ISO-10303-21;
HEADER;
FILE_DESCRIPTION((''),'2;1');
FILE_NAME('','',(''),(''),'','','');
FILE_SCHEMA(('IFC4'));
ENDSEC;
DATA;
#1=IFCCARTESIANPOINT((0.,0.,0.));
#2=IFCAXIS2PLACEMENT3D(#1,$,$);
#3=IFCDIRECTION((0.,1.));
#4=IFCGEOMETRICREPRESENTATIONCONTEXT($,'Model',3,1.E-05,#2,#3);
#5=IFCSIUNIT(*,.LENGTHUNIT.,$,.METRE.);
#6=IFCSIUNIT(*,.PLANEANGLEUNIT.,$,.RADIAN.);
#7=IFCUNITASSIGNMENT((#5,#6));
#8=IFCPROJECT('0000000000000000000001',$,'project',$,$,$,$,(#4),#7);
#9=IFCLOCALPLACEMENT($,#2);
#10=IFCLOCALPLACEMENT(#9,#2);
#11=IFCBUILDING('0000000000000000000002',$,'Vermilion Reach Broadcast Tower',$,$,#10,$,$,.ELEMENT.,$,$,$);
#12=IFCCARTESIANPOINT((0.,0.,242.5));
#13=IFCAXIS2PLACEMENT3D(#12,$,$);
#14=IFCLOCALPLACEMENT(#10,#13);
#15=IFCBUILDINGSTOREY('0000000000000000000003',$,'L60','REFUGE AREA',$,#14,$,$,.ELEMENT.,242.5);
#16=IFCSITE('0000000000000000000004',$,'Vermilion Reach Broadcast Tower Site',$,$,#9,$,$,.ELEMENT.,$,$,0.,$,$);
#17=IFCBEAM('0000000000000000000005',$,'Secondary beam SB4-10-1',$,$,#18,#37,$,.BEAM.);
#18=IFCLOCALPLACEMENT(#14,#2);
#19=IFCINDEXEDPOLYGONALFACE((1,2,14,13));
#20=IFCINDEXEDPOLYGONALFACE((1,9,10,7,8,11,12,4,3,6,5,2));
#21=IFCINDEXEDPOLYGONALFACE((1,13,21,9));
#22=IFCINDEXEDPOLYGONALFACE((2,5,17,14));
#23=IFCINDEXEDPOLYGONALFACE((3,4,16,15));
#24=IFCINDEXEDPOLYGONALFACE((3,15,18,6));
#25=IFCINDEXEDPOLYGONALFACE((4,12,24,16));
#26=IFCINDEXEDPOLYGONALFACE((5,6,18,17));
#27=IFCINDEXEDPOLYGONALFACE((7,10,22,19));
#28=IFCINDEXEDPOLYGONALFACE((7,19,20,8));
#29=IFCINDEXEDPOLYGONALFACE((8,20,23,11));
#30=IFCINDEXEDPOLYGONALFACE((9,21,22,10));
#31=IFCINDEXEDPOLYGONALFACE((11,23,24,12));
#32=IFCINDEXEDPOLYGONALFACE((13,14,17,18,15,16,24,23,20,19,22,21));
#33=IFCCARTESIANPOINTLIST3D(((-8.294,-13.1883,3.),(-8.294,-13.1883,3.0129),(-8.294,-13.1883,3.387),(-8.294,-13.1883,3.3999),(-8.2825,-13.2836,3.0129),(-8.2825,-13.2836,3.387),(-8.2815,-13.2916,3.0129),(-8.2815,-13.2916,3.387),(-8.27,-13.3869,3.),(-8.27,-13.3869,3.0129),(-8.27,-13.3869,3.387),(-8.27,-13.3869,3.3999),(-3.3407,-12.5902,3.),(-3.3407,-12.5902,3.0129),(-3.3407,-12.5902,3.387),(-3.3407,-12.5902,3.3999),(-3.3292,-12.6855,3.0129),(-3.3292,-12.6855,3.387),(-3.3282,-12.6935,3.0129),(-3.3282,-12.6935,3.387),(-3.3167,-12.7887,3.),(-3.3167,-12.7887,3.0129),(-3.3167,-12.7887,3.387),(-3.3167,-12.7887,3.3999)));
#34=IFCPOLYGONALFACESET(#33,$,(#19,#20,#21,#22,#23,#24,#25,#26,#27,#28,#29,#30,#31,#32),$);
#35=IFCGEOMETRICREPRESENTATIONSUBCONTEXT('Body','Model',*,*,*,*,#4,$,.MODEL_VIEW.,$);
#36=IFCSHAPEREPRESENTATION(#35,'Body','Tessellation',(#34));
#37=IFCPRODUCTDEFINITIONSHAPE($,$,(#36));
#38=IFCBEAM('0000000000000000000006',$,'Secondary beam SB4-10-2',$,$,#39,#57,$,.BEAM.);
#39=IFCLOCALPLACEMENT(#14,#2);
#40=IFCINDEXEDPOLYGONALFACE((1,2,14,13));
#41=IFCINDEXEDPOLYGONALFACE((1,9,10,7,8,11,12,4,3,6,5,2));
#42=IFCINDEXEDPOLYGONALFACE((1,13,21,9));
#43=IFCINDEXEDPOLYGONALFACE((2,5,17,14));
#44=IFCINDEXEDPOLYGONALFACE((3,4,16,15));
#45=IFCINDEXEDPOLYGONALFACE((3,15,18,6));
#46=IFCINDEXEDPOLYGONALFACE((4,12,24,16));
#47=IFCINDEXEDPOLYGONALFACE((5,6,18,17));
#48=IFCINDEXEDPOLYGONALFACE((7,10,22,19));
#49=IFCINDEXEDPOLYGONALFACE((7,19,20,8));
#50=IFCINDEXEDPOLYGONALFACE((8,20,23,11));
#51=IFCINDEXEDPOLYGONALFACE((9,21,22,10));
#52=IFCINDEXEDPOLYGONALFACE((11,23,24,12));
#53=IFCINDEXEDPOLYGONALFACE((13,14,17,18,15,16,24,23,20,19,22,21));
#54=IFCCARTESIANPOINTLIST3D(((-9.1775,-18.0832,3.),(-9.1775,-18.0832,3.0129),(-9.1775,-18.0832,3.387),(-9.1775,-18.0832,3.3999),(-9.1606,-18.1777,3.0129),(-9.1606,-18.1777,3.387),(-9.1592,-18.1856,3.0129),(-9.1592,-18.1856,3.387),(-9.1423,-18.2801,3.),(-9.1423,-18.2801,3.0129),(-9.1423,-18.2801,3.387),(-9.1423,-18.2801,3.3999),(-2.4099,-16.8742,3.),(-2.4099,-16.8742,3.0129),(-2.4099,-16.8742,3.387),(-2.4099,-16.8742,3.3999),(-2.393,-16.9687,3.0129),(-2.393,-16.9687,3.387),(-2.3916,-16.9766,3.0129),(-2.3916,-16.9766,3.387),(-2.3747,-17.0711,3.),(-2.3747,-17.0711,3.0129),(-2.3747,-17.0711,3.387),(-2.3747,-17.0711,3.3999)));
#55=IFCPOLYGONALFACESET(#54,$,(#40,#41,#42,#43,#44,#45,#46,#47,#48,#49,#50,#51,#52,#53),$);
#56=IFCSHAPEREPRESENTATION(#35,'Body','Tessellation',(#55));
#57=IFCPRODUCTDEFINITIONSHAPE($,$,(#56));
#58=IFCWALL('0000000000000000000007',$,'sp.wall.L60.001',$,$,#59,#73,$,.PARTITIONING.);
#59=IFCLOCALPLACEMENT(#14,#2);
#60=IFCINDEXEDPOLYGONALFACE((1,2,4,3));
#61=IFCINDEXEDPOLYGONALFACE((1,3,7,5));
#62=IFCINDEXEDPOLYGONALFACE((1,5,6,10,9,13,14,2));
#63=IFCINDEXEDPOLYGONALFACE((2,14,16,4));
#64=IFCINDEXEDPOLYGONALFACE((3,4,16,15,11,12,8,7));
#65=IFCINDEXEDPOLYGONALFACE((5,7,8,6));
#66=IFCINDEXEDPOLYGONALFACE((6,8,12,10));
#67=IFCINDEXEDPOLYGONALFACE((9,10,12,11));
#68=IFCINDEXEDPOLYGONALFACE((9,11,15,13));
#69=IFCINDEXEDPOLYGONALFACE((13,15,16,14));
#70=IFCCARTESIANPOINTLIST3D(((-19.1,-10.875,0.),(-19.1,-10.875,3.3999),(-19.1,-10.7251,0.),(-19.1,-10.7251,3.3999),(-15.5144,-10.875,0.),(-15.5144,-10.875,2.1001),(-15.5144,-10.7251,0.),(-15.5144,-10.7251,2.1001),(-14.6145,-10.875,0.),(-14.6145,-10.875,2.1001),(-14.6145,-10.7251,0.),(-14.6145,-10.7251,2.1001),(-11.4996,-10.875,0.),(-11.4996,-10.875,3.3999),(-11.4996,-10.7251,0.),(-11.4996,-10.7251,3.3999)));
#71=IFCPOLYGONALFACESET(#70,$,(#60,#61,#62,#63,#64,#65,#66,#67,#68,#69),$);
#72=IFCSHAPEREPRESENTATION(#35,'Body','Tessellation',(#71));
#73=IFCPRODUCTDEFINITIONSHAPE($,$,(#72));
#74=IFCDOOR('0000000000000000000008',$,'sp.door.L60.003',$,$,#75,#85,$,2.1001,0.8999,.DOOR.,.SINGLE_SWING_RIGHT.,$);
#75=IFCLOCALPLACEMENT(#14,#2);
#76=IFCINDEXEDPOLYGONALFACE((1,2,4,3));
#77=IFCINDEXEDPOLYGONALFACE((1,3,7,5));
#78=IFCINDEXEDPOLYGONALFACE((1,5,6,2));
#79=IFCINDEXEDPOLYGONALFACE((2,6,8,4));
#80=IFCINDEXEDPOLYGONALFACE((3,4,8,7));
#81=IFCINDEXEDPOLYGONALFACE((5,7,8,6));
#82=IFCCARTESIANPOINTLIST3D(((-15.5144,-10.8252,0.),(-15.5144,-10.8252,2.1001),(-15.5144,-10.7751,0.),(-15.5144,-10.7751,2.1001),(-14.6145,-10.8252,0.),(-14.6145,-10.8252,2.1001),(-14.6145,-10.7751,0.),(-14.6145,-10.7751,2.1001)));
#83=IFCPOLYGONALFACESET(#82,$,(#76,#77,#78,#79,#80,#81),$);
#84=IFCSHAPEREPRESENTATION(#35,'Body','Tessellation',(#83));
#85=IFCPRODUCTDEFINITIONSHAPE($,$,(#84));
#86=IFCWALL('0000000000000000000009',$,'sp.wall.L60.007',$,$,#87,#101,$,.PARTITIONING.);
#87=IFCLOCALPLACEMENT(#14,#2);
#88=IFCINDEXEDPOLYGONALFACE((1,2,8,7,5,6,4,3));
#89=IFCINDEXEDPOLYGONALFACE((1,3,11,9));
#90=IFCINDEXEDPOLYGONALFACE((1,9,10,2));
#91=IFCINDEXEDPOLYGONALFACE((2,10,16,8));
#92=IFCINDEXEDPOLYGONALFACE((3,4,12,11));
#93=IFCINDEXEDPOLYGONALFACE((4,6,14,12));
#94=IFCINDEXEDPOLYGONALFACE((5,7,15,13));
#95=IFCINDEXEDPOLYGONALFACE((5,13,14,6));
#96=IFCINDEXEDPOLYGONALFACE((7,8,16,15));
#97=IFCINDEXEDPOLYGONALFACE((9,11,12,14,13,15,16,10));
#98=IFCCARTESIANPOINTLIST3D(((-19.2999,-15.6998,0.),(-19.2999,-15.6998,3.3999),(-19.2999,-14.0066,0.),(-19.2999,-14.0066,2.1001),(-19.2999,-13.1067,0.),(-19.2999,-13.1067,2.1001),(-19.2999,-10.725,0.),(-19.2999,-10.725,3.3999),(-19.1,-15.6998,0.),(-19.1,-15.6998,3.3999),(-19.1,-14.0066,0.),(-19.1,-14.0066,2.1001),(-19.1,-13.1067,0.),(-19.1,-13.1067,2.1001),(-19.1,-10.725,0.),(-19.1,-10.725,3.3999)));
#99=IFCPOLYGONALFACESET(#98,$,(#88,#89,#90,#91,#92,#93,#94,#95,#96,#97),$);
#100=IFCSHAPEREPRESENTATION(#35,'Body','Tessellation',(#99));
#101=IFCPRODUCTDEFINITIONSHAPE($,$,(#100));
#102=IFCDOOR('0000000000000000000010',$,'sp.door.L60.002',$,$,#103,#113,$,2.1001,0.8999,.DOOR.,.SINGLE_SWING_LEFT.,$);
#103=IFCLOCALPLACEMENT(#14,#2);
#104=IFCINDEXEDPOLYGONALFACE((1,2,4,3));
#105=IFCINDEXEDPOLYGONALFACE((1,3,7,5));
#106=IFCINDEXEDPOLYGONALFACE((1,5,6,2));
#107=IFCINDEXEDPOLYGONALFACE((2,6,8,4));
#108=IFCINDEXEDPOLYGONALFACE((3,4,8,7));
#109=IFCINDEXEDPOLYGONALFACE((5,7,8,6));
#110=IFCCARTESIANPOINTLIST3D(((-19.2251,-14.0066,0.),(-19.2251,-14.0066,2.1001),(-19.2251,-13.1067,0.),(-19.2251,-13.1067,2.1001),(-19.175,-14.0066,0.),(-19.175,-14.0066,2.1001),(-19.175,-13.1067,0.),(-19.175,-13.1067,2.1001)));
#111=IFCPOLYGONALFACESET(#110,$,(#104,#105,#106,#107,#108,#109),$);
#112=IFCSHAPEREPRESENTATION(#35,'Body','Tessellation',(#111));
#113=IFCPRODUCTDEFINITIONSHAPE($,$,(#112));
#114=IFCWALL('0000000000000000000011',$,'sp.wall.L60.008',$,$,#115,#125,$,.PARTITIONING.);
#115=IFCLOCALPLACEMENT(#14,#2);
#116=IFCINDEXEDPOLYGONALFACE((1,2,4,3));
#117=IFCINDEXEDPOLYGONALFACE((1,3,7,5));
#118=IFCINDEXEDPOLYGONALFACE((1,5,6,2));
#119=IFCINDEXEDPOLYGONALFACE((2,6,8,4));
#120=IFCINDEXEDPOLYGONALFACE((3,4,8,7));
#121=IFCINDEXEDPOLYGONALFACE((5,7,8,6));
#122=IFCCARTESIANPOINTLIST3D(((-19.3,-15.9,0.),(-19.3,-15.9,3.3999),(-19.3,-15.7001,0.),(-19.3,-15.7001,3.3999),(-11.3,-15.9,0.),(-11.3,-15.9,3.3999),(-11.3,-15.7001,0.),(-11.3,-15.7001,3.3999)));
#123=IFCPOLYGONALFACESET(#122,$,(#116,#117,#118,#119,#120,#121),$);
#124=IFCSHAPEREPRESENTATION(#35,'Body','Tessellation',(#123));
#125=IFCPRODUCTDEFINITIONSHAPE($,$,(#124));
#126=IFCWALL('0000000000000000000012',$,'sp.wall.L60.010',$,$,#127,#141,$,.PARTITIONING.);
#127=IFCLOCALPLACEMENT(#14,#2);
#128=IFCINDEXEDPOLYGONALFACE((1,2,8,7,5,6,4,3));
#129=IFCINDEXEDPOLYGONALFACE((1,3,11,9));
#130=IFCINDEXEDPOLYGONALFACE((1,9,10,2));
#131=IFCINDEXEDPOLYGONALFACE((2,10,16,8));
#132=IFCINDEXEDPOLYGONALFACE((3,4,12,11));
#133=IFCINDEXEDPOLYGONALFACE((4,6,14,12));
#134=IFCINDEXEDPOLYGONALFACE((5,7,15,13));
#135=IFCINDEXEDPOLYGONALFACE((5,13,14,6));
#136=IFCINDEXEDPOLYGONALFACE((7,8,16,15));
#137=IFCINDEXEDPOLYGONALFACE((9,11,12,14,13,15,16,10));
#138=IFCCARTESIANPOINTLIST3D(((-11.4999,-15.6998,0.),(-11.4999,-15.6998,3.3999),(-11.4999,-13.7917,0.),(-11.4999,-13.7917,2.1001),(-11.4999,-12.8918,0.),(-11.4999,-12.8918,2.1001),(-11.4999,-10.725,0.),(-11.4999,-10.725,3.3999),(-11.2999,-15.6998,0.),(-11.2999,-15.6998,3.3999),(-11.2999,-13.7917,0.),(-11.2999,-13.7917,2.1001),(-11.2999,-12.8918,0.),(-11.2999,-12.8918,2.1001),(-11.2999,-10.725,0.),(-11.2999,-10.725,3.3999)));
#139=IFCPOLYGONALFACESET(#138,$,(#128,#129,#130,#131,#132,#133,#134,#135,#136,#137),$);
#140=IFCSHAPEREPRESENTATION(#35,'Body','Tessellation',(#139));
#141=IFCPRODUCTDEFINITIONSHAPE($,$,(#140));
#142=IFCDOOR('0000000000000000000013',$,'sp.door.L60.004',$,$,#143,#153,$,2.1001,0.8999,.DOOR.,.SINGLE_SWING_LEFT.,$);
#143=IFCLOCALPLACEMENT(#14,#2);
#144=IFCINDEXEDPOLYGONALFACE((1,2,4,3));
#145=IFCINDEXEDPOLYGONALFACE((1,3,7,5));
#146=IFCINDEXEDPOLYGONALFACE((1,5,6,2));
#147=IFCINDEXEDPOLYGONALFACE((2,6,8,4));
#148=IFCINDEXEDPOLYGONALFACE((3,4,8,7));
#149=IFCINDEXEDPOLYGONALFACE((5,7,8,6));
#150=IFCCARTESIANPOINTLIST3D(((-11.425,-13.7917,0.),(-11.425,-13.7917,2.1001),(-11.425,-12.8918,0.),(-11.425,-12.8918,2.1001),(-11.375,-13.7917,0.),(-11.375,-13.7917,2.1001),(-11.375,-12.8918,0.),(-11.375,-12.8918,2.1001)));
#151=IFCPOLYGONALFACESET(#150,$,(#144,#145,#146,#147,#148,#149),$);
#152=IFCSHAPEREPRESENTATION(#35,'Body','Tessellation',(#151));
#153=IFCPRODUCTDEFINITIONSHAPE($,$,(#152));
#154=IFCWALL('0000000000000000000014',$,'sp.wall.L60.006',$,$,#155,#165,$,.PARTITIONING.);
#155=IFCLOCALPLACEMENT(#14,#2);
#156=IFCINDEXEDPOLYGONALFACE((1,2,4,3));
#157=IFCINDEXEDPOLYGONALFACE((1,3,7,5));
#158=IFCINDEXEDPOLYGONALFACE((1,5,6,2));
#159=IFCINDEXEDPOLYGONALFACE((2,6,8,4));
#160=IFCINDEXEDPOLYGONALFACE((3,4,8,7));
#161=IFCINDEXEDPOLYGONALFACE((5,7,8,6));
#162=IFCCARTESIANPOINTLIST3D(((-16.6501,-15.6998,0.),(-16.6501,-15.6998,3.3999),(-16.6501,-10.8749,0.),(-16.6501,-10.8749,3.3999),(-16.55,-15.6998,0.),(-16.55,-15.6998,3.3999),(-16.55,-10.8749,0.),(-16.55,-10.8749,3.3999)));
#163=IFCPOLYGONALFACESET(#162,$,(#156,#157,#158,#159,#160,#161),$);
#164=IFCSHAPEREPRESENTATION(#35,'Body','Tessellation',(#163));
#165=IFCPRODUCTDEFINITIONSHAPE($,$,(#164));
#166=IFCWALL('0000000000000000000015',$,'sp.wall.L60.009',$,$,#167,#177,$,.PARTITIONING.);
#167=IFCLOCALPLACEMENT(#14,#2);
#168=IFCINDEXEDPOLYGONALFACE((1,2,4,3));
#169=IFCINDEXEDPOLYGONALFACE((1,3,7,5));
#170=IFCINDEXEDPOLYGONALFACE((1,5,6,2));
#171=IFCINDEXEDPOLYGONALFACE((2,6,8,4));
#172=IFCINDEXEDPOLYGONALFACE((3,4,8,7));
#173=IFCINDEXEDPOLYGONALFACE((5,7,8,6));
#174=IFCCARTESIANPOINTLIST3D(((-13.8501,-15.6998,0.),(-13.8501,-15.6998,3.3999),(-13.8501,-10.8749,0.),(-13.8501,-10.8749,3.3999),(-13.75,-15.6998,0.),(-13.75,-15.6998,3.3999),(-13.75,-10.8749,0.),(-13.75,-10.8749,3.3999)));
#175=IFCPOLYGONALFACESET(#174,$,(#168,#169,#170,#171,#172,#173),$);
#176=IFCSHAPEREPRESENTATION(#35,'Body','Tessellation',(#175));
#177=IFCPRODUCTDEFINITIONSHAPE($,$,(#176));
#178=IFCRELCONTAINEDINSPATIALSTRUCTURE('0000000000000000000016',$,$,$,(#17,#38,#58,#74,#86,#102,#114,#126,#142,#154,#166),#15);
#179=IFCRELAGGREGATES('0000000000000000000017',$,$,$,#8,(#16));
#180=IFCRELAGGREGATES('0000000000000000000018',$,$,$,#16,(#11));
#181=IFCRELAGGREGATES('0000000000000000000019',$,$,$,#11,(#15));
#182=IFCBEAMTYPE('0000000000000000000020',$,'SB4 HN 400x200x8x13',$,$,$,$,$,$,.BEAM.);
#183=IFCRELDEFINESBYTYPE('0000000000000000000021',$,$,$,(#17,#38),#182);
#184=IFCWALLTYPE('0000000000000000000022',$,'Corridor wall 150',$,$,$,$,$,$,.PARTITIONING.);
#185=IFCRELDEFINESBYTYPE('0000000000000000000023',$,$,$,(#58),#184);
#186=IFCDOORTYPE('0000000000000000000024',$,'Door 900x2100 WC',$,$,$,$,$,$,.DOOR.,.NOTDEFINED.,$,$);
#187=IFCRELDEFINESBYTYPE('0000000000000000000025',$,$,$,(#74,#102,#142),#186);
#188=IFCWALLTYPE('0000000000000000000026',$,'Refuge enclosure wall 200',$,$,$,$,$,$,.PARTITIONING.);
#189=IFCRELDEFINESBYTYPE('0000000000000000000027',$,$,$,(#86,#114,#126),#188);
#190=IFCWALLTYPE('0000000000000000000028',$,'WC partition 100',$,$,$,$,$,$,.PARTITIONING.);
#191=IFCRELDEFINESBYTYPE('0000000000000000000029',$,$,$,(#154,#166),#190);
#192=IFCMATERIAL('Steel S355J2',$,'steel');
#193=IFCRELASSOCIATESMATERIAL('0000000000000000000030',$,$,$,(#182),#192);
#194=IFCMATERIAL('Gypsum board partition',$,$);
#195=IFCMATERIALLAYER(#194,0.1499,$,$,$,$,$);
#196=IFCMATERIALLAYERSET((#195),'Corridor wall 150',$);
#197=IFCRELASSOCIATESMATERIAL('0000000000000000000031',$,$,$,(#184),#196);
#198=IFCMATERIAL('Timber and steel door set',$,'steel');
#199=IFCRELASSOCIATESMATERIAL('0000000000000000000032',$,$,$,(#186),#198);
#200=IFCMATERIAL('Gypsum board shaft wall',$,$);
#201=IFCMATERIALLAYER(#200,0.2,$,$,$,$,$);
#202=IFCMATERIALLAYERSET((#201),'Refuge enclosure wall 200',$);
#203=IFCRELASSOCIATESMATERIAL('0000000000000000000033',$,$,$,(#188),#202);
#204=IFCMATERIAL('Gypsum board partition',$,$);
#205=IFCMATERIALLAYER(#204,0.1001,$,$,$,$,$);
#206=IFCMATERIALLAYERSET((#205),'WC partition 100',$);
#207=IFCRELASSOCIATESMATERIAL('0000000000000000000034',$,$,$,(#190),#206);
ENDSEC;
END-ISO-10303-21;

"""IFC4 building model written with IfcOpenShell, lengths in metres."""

from ifc_helpers import new_model, si_unit, direction, frame, frame_2d, origin, origin_2d, place, context, subcontext, project, spatial, rectangle, i_section, extrude, material, layer, layer_set, material_profile, profile_set, type_object, element, fill, save


model = new_model("IFC4")

# Units and contexts
model_context = context("Model", 3, precision=1e-05, world=origin(), true_north=direction((0.0, 1.0)))
body_context = subcontext(model_context, "Body", "Model", "MODEL_VIEW")
ifc_project = project(units=[si_unit("LENGTHUNIT", "METRE"), si_unit("PLANEANGLEUNIT", "RADIAN")], contexts=[model_context])

# Site, building, storey
site_placement = place(None, origin())
site = spatial("IfcSite", under=ifc_project, at=site_placement, Name="Vermilion Reach Broadcast Tower Site", CompositionType="ELEMENT", RefElevation=0.0)
building_placement = place(site_placement, origin())
building = spatial("IfcBuilding", under=site, at=building_placement, Name="Vermilion Reach Broadcast Tower", CompositionType="ELEMENT")
storey_placement = place(building_placement, frame((0.0, 0.0, 242.5)))
storey = spatial("IfcBuildingStorey", under=building, at=storey_placement, Name="L60", Description="REFUGE AREA", CompositionType="ELEMENT", Elevation=242.5)

# Beams
ifc_material_1 = material(Name="Steel S355J2", Category="steel")
ifc_material_profile_1 = material_profile(ifc_material_1, i_section(OverallWidth=0.2, OverallDepth=0.3999, WebThickness=0.0081, FlangeThickness=0.0129, at=origin_2d()), Name="S355J2 HN 400x200x8x13")
ifc_profile_set_1 = profile_set([ifc_material_profile_1], Name="Steel S355J2")
beam_type_1 = type_object("IfcBeamType", Name="SB4 HN 400x200x8x13", PredefinedType="BEAM", material=ifc_profile_set_1)
beam_1_placement = place(storey_placement, frame((-8.282, -13.2876, 3.2), z_axis=(0.992788, 0.119884, 0.0), x_axis=(-0.119884, 0.992788, 0.0)))
element("IfcBeam", 1, at=beam_1_placement, inside=storey, type_object=beam_type_1, Name="Secondary beam SB4-10-1", PredefinedType="BEAM", context=body_context, shape_type="SweptSolid", body=[
    extrude(i_section(OverallWidth=0.2, OverallDepth=0.3999, WebThickness=0.0081, FlangeThickness=0.0129, at=origin_2d()), origin(), (0.0, 0.0, 1.0), 4.9893),
])
beam_2_placement = place(storey_placement, frame((-9.1599, -18.1816, 3.2), z_axis=(0.984415, 0.175859, 0.0), x_axis=(-0.175859, 0.984415, 0.0)))
element("IfcBeam", 2, at=beam_2_placement, inside=storey, type_object=beam_type_1, Name="Secondary beam SB4-10-2", PredefinedType="BEAM", context=body_context, shape_type="SweptSolid", body=[
    extrude(i_section(OverallWidth=0.2, OverallDepth=0.3999, WebThickness=0.0081, FlangeThickness=0.0129, at=origin_2d()), origin(), (0.0, 0.0, 1.0), 6.8748),
])

# Walls, openings, doors
ifc_material_2 = material(Name="Gypsum board partition")
ifc_layer_1 = layer(ifc_material_2, 0.1499)
ifc_layer_set_1 = layer_set([ifc_layer_1], Name="Corridor wall 150")
wall_type_1 = type_object("IfcWallType", Name="Corridor wall 150", PredefinedType="PARTITIONING", material=ifc_layer_set_1)
wall_1_placement = place(storey_placement, frame((-19.1001, -10.8, 0.0), z_axis=(0.0, 0.0, 1.0), x_axis=(1.0, 0.0, 0.0)))
wall_1 = element("IfcWall", 3, at=wall_1_placement, inside=storey, type_object=wall_type_1, Name="sp.wall.L60.001", PredefinedType="PARTITIONING", context=body_context, shape_type="SweptSolid", body=[
    extrude(rectangle(XDim=7.6003, YDim=0.1499, at=frame_2d((3.8003, 0.0))), origin(), (0.0, 0.0, 1.0), 3.3999),
])
opening_1_placement = place(wall_1_placement, frame((3.5857, 0.0, 0.0)))
opening_1 = element("IfcOpeningElement", 4, at=opening_1_placement, cuts=wall_1, PredefinedType="OPENING", context=body_context, shape_type="SweptSolid", body=[
    extrude(rectangle(XDim=0.8999, YDim=2.1001, at=frame_2d((0.45, 1.05))), frame((0.0, 0.085, 0.0), z_axis=(0.0, -1.0, 0.0), x_axis=(1.0, 0.0, 0.0)), (0.0, 0.0, 1.0), 0.1699),
])
ifc_material_3 = material(Name="Timber and steel door set", Category="steel")
door_type = type_object("IfcDoorType", Name="Door 900x2100 WC", OperationType="NOTDEFINED", PredefinedType="DOOR", material=ifc_material_3)
door_1_placement = place(opening_1_placement, origin())
door_1 = element("IfcDoor", 5, at=door_1_placement, inside=storey, type_object=door_type, Name="sp.door.L60.003", OperationType="SINGLE_SWING_RIGHT", OverallHeight=2.1001, OverallWidth=0.8999, PredefinedType="DOOR", context=body_context, shape_type="SweptSolid", body=[
    extrude(rectangle(XDim=0.8999, YDim=2.1001, at=frame_2d((0.45, 1.05))), frame((0.0, 0.0249, 0.0), z_axis=(0.0, -1.0, 0.0), x_axis=(1.0, 0.0, 0.0)), (0.0, 0.0, 1.0), 0.05),
])
fill(opening_1, door_1)
ifc_material_4 = material(Name="Gypsum board shaft wall")
ifc_layer_2 = layer(ifc_material_4, 0.2)
ifc_layer_set_2 = layer_set([ifc_layer_2], Name="Refuge enclosure wall 200")
wall_type_2 = type_object("IfcWallType", Name="Refuge enclosure wall 200", PredefinedType="PARTITIONING", material=ifc_layer_set_2)
wall_2_placement = place(storey_placement, frame((-19.2, -10.7251, 0.0), z_axis=(0.0, 0.0, 1.0), x_axis=(0.0, -1.0, 0.0)))
wall_2 = element("IfcWall", 6, at=wall_2_placement, inside=storey, type_object=wall_type_2, Name="sp.wall.L60.007", PredefinedType="PARTITIONING", context=body_context, shape_type="SweptSolid", body=[
    extrude(rectangle(XDim=4.9749, YDim=0.2, at=frame_2d((2.4873, 0.0))), origin(), (0.0, 0.0, 1.0), 3.3999),
])
opening_2_placement = place(wall_2_placement, frame((2.3816, 0.0, 0.0)))
opening_2 = element("IfcOpeningElement", 7, at=opening_2_placement, cuts=wall_2, PredefinedType="OPENING", context=body_context, shape_type="SweptSolid", body=[
    extrude(rectangle(XDim=0.8999, YDim=2.1001, at=frame_2d((0.45, 1.05))), frame((0.0, 0.1099, 0.0), z_axis=(0.0, -1.0, 0.0), x_axis=(1.0, 0.0, 0.0)), (0.0, 0.0, 1.0), 0.22),
])
door_2_placement = place(opening_2_placement, origin())
door_2 = element("IfcDoor", 8, at=door_2_placement, inside=storey, type_object=door_type, Name="sp.door.L60.002", OperationType="SINGLE_SWING_LEFT", OverallHeight=2.1001, OverallWidth=0.8999, PredefinedType="DOOR", context=body_context, shape_type="SweptSolid", body=[
    extrude(rectangle(XDim=0.8999, YDim=2.1001, at=frame_2d((0.45, 1.05))), frame((0.0, 0.0249, 0.0), z_axis=(0.0, -1.0, 0.0), x_axis=(1.0, 0.0, 0.0)), (0.0, 0.0, 1.0), 0.05),
])
fill(opening_2, door_2)

# Wall
wall_3_placement = place(storey_placement, frame((-19.3, -15.8, 0.0), z_axis=(0.0, 0.0, 1.0), x_axis=(1.0, 0.0, 0.0)))
element("IfcWall", 9, at=wall_3_placement, inside=storey, type_object=wall_type_2, Name="sp.wall.L60.008", PredefinedType="PARTITIONING", context=body_context, shape_type="SweptSolid", body=[
    extrude(rectangle(XDim=8.0, YDim=0.2, at=frame_2d((4.0, 0.0))), origin(), (0.0, 0.0, 1.0), 3.3999),
])

# Wall, opening, door
wall_4_placement = place(storey_placement, frame((-11.3999, -10.7251, 0.0), z_axis=(0.0, 0.0, 1.0), x_axis=(0.0, -1.0, 0.0)))
wall_4 = element("IfcWall", 10, at=wall_4_placement, inside=storey, type_object=wall_type_2, Name="sp.wall.L60.010", PredefinedType="PARTITIONING", context=body_context, shape_type="SweptSolid", body=[
    extrude(rectangle(XDim=4.9749, YDim=0.2, at=frame_2d((2.4873, 0.0))), origin(), (0.0, 0.0, 1.0), 3.3999),
])
opening_3_placement = place(wall_4_placement, frame((2.1667, 0.0, 0.0)))
opening_3 = element("IfcOpeningElement", 11, at=opening_3_placement, cuts=wall_4, PredefinedType="OPENING", context=body_context, shape_type="SweptSolid", body=[
    extrude(rectangle(XDim=0.8999, YDim=2.1001, at=frame_2d((0.45, 1.05))), frame((0.0, 0.1099, 0.0), z_axis=(0.0, -1.0, 0.0), x_axis=(1.0, 0.0, 0.0)), (0.0, 0.0, 1.0), 0.22),
])
door_3_placement = place(opening_3_placement, origin())
door_3 = element("IfcDoor", 12, at=door_3_placement, inside=storey, type_object=door_type, Name="sp.door.L60.004", OperationType="SINGLE_SWING_LEFT", OverallHeight=2.1001, OverallWidth=0.8999, PredefinedType="DOOR", context=body_context, shape_type="SweptSolid", body=[
    extrude(rectangle(XDim=0.8999, YDim=2.1001, at=frame_2d((0.45, 1.05))), frame((0.0, 0.0249, 0.0), z_axis=(0.0, -1.0, 0.0), x_axis=(1.0, 0.0, 0.0)), (0.0, 0.0, 1.0), 0.05),
])
fill(opening_3, door_3)

# Walls
ifc_material_5 = material(Name="Gypsum board partition")
ifc_layer_3 = layer(ifc_material_5, 0.1001)
ifc_layer_set_3 = layer_set([ifc_layer_3], Name="WC partition 100")
wall_type_3 = type_object("IfcWallType", Name="WC partition 100", PredefinedType="PARTITIONING", material=ifc_layer_set_3)
for number, where, z_axis, x_axis, name in (
    (13, (-16.6001, -15.7, 0.0), (0.0, 0.0, 1.0), (0.0, 1.0, 0.0), "sp.wall.L60.006"),
    (14, (-13.8, -15.7, 0.0), (0.0, 0.0, 1.0), (0.0, 1.0, 0.0), "sp.wall.L60.009"),
):
    element("IfcWall", number, at=place(storey_placement, frame(where, z_axis=z_axis, x_axis=x_axis)), inside=storey, type_object=wall_type_3, Name=name, PredefinedType="PARTITIONING", context=body_context, shape_type="SweptSolid", body=[
        extrude(rectangle(XDim=4.825, YDim=0.1001, at=frame_2d((2.4126, 0.0))), origin(), (0.0, 0.0, 1.0), 3.3999),
    ])

save(model, "model.ifc")
